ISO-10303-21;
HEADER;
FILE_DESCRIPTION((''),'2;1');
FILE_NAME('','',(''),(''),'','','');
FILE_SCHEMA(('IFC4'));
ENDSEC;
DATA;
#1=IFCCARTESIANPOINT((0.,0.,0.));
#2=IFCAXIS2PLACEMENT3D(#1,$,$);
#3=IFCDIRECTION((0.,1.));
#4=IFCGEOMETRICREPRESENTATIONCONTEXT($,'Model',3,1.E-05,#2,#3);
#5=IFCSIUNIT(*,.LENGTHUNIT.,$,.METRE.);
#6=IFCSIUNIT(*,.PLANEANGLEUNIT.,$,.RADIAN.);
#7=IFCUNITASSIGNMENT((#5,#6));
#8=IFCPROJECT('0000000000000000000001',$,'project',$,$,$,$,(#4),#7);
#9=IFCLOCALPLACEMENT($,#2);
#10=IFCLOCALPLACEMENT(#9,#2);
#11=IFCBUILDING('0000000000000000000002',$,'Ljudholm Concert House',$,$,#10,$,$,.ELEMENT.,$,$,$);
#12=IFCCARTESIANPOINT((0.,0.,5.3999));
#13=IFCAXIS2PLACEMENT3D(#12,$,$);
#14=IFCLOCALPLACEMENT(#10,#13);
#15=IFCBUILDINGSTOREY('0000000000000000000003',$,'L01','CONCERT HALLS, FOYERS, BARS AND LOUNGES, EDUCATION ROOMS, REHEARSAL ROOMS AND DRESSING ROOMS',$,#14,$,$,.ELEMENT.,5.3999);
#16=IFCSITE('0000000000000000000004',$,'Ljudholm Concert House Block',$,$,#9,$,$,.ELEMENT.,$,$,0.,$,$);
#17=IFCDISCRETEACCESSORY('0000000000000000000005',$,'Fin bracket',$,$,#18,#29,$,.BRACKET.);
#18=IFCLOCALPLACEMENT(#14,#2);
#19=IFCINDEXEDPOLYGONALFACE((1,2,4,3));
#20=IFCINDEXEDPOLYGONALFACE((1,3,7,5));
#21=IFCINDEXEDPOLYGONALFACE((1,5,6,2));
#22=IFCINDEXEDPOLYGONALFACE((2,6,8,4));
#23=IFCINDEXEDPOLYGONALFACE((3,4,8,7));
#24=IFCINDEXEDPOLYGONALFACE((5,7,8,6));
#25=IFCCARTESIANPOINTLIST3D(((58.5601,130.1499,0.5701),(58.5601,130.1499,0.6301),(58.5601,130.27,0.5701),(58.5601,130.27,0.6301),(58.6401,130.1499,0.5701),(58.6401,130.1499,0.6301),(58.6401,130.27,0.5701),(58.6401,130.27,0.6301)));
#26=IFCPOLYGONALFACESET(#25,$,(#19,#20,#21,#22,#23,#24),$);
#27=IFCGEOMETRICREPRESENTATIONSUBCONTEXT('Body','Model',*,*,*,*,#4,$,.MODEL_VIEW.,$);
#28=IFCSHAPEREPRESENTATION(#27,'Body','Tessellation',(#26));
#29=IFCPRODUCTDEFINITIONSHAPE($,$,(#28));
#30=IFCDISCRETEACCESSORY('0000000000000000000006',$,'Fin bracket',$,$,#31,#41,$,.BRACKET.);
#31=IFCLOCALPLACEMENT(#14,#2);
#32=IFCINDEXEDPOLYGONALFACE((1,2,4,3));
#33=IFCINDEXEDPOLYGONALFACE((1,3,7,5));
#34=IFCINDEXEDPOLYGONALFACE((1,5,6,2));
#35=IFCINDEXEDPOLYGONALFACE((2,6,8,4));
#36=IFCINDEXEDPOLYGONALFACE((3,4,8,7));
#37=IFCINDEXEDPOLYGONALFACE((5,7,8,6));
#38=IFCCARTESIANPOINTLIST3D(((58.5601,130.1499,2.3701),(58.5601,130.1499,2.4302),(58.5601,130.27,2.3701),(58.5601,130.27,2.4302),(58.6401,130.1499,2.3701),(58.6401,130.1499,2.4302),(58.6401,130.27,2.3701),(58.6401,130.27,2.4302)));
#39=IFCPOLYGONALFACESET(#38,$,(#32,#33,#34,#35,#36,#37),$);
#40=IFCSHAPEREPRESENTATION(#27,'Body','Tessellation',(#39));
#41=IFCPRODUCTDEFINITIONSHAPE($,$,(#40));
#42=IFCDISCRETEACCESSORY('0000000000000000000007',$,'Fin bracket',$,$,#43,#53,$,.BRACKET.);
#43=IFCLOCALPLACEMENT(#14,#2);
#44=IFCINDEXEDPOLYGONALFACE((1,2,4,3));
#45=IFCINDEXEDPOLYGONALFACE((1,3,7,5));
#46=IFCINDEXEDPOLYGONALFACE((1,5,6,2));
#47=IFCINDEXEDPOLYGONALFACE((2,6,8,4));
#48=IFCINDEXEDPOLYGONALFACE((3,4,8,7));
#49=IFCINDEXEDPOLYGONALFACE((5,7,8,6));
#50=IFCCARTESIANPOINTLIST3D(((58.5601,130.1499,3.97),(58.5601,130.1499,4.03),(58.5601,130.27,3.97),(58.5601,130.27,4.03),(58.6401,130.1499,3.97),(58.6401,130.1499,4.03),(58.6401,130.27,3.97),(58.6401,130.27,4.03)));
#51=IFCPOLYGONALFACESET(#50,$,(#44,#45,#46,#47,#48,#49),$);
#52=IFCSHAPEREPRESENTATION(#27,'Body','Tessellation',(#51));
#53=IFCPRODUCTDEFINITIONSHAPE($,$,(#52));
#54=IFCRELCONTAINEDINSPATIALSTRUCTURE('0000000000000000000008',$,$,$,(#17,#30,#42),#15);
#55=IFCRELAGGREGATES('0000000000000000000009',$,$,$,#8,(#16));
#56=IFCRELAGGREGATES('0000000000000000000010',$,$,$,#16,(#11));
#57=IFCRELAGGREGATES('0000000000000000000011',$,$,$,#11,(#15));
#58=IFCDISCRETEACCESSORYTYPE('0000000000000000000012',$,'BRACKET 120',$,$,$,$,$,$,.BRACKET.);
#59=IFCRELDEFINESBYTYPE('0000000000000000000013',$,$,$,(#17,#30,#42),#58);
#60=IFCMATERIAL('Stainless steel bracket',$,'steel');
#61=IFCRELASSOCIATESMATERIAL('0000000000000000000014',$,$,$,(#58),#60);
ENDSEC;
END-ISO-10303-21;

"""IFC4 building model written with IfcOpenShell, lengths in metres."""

from ifc_helpers import new_model, si_unit, direction, frame, origin, origin_2d, place, context, subcontext, project, spatial, rectangle, extrude, material, type_object, element, save


model = new_model("IFC4")

# Units and contexts
model_context = context("Model", 3, precision=1e-05, world=origin(), true_north=direction((0.0, 1.0)))
body_context = subcontext(model_context, "Body", "Model", "MODEL_VIEW")
ifc_project = project(units=[si_unit("LENGTHUNIT", "METRE"), si_unit("PLANEANGLEUNIT", "RADIAN")], contexts=[model_context])

# Site, building, storey
site_placement = place(None, origin())
site = spatial("IfcSite", under=ifc_project, at=site_placement, Name="Ljudholm Concert House Block", CompositionType="ELEMENT", RefElevation=0.0)
building_placement = place(site_placement, origin())
building = spatial("IfcBuilding", under=site, at=building_placement, Name="Ljudholm Concert House", CompositionType="ELEMENT")
storey_placement = place(building_placement, frame((0.0, 0.0, 5.3999)))
storey = spatial("IfcBuildingStorey", under=building, at=storey_placement, Name="L01", Description="CONCERT HALLS, FOYERS, BARS AND LOUNGES, EDUCATION ROOMS, REHEARSAL ROOMS AND DRESSING ROOMS", CompositionType="ELEMENT", Elevation=5.3999)

# Discrete accessories
ifc_material_1 = material(Name="Stainless steel bracket", Category="steel")
discrete_accessory_type = type_object("IfcDiscreteAccessoryType", Name="BRACKET 120", PredefinedType="BRACKET", material=ifc_material_1)
for number, where, z_axis, x_axis, name in (
    (1, (58.6001, 130.21, 0.5701), (0.0, 0.0, 1.0), (0.0, 1.0, 0.0), "Fin bracket"),
    (2, (58.6001, 130.21, 2.3701), (0.0, 0.0, 1.0), (0.0, 1.0, 0.0), "Fin bracket"),
    (3, (58.6001, 130.21, 3.97), (0.0, 0.0, 1.0), (0.0, 1.0, 0.0), "Fin bracket"),
):
    element("IfcDiscreteAccessory", number, at=place(storey_placement, frame(where, z_axis=z_axis, x_axis=x_axis)), inside=storey, type_object=discrete_accessory_type, Name=name, PredefinedType="BRACKET", context=body_context, shape_type="SweptSolid", body=[
        extrude(rectangle(XDim=0.1201, YDim=0.0801, at=origin_2d()), origin(), (0.0, 0.0, 1.0), 0.0601),
    ])

save(model, "model.ifc")
